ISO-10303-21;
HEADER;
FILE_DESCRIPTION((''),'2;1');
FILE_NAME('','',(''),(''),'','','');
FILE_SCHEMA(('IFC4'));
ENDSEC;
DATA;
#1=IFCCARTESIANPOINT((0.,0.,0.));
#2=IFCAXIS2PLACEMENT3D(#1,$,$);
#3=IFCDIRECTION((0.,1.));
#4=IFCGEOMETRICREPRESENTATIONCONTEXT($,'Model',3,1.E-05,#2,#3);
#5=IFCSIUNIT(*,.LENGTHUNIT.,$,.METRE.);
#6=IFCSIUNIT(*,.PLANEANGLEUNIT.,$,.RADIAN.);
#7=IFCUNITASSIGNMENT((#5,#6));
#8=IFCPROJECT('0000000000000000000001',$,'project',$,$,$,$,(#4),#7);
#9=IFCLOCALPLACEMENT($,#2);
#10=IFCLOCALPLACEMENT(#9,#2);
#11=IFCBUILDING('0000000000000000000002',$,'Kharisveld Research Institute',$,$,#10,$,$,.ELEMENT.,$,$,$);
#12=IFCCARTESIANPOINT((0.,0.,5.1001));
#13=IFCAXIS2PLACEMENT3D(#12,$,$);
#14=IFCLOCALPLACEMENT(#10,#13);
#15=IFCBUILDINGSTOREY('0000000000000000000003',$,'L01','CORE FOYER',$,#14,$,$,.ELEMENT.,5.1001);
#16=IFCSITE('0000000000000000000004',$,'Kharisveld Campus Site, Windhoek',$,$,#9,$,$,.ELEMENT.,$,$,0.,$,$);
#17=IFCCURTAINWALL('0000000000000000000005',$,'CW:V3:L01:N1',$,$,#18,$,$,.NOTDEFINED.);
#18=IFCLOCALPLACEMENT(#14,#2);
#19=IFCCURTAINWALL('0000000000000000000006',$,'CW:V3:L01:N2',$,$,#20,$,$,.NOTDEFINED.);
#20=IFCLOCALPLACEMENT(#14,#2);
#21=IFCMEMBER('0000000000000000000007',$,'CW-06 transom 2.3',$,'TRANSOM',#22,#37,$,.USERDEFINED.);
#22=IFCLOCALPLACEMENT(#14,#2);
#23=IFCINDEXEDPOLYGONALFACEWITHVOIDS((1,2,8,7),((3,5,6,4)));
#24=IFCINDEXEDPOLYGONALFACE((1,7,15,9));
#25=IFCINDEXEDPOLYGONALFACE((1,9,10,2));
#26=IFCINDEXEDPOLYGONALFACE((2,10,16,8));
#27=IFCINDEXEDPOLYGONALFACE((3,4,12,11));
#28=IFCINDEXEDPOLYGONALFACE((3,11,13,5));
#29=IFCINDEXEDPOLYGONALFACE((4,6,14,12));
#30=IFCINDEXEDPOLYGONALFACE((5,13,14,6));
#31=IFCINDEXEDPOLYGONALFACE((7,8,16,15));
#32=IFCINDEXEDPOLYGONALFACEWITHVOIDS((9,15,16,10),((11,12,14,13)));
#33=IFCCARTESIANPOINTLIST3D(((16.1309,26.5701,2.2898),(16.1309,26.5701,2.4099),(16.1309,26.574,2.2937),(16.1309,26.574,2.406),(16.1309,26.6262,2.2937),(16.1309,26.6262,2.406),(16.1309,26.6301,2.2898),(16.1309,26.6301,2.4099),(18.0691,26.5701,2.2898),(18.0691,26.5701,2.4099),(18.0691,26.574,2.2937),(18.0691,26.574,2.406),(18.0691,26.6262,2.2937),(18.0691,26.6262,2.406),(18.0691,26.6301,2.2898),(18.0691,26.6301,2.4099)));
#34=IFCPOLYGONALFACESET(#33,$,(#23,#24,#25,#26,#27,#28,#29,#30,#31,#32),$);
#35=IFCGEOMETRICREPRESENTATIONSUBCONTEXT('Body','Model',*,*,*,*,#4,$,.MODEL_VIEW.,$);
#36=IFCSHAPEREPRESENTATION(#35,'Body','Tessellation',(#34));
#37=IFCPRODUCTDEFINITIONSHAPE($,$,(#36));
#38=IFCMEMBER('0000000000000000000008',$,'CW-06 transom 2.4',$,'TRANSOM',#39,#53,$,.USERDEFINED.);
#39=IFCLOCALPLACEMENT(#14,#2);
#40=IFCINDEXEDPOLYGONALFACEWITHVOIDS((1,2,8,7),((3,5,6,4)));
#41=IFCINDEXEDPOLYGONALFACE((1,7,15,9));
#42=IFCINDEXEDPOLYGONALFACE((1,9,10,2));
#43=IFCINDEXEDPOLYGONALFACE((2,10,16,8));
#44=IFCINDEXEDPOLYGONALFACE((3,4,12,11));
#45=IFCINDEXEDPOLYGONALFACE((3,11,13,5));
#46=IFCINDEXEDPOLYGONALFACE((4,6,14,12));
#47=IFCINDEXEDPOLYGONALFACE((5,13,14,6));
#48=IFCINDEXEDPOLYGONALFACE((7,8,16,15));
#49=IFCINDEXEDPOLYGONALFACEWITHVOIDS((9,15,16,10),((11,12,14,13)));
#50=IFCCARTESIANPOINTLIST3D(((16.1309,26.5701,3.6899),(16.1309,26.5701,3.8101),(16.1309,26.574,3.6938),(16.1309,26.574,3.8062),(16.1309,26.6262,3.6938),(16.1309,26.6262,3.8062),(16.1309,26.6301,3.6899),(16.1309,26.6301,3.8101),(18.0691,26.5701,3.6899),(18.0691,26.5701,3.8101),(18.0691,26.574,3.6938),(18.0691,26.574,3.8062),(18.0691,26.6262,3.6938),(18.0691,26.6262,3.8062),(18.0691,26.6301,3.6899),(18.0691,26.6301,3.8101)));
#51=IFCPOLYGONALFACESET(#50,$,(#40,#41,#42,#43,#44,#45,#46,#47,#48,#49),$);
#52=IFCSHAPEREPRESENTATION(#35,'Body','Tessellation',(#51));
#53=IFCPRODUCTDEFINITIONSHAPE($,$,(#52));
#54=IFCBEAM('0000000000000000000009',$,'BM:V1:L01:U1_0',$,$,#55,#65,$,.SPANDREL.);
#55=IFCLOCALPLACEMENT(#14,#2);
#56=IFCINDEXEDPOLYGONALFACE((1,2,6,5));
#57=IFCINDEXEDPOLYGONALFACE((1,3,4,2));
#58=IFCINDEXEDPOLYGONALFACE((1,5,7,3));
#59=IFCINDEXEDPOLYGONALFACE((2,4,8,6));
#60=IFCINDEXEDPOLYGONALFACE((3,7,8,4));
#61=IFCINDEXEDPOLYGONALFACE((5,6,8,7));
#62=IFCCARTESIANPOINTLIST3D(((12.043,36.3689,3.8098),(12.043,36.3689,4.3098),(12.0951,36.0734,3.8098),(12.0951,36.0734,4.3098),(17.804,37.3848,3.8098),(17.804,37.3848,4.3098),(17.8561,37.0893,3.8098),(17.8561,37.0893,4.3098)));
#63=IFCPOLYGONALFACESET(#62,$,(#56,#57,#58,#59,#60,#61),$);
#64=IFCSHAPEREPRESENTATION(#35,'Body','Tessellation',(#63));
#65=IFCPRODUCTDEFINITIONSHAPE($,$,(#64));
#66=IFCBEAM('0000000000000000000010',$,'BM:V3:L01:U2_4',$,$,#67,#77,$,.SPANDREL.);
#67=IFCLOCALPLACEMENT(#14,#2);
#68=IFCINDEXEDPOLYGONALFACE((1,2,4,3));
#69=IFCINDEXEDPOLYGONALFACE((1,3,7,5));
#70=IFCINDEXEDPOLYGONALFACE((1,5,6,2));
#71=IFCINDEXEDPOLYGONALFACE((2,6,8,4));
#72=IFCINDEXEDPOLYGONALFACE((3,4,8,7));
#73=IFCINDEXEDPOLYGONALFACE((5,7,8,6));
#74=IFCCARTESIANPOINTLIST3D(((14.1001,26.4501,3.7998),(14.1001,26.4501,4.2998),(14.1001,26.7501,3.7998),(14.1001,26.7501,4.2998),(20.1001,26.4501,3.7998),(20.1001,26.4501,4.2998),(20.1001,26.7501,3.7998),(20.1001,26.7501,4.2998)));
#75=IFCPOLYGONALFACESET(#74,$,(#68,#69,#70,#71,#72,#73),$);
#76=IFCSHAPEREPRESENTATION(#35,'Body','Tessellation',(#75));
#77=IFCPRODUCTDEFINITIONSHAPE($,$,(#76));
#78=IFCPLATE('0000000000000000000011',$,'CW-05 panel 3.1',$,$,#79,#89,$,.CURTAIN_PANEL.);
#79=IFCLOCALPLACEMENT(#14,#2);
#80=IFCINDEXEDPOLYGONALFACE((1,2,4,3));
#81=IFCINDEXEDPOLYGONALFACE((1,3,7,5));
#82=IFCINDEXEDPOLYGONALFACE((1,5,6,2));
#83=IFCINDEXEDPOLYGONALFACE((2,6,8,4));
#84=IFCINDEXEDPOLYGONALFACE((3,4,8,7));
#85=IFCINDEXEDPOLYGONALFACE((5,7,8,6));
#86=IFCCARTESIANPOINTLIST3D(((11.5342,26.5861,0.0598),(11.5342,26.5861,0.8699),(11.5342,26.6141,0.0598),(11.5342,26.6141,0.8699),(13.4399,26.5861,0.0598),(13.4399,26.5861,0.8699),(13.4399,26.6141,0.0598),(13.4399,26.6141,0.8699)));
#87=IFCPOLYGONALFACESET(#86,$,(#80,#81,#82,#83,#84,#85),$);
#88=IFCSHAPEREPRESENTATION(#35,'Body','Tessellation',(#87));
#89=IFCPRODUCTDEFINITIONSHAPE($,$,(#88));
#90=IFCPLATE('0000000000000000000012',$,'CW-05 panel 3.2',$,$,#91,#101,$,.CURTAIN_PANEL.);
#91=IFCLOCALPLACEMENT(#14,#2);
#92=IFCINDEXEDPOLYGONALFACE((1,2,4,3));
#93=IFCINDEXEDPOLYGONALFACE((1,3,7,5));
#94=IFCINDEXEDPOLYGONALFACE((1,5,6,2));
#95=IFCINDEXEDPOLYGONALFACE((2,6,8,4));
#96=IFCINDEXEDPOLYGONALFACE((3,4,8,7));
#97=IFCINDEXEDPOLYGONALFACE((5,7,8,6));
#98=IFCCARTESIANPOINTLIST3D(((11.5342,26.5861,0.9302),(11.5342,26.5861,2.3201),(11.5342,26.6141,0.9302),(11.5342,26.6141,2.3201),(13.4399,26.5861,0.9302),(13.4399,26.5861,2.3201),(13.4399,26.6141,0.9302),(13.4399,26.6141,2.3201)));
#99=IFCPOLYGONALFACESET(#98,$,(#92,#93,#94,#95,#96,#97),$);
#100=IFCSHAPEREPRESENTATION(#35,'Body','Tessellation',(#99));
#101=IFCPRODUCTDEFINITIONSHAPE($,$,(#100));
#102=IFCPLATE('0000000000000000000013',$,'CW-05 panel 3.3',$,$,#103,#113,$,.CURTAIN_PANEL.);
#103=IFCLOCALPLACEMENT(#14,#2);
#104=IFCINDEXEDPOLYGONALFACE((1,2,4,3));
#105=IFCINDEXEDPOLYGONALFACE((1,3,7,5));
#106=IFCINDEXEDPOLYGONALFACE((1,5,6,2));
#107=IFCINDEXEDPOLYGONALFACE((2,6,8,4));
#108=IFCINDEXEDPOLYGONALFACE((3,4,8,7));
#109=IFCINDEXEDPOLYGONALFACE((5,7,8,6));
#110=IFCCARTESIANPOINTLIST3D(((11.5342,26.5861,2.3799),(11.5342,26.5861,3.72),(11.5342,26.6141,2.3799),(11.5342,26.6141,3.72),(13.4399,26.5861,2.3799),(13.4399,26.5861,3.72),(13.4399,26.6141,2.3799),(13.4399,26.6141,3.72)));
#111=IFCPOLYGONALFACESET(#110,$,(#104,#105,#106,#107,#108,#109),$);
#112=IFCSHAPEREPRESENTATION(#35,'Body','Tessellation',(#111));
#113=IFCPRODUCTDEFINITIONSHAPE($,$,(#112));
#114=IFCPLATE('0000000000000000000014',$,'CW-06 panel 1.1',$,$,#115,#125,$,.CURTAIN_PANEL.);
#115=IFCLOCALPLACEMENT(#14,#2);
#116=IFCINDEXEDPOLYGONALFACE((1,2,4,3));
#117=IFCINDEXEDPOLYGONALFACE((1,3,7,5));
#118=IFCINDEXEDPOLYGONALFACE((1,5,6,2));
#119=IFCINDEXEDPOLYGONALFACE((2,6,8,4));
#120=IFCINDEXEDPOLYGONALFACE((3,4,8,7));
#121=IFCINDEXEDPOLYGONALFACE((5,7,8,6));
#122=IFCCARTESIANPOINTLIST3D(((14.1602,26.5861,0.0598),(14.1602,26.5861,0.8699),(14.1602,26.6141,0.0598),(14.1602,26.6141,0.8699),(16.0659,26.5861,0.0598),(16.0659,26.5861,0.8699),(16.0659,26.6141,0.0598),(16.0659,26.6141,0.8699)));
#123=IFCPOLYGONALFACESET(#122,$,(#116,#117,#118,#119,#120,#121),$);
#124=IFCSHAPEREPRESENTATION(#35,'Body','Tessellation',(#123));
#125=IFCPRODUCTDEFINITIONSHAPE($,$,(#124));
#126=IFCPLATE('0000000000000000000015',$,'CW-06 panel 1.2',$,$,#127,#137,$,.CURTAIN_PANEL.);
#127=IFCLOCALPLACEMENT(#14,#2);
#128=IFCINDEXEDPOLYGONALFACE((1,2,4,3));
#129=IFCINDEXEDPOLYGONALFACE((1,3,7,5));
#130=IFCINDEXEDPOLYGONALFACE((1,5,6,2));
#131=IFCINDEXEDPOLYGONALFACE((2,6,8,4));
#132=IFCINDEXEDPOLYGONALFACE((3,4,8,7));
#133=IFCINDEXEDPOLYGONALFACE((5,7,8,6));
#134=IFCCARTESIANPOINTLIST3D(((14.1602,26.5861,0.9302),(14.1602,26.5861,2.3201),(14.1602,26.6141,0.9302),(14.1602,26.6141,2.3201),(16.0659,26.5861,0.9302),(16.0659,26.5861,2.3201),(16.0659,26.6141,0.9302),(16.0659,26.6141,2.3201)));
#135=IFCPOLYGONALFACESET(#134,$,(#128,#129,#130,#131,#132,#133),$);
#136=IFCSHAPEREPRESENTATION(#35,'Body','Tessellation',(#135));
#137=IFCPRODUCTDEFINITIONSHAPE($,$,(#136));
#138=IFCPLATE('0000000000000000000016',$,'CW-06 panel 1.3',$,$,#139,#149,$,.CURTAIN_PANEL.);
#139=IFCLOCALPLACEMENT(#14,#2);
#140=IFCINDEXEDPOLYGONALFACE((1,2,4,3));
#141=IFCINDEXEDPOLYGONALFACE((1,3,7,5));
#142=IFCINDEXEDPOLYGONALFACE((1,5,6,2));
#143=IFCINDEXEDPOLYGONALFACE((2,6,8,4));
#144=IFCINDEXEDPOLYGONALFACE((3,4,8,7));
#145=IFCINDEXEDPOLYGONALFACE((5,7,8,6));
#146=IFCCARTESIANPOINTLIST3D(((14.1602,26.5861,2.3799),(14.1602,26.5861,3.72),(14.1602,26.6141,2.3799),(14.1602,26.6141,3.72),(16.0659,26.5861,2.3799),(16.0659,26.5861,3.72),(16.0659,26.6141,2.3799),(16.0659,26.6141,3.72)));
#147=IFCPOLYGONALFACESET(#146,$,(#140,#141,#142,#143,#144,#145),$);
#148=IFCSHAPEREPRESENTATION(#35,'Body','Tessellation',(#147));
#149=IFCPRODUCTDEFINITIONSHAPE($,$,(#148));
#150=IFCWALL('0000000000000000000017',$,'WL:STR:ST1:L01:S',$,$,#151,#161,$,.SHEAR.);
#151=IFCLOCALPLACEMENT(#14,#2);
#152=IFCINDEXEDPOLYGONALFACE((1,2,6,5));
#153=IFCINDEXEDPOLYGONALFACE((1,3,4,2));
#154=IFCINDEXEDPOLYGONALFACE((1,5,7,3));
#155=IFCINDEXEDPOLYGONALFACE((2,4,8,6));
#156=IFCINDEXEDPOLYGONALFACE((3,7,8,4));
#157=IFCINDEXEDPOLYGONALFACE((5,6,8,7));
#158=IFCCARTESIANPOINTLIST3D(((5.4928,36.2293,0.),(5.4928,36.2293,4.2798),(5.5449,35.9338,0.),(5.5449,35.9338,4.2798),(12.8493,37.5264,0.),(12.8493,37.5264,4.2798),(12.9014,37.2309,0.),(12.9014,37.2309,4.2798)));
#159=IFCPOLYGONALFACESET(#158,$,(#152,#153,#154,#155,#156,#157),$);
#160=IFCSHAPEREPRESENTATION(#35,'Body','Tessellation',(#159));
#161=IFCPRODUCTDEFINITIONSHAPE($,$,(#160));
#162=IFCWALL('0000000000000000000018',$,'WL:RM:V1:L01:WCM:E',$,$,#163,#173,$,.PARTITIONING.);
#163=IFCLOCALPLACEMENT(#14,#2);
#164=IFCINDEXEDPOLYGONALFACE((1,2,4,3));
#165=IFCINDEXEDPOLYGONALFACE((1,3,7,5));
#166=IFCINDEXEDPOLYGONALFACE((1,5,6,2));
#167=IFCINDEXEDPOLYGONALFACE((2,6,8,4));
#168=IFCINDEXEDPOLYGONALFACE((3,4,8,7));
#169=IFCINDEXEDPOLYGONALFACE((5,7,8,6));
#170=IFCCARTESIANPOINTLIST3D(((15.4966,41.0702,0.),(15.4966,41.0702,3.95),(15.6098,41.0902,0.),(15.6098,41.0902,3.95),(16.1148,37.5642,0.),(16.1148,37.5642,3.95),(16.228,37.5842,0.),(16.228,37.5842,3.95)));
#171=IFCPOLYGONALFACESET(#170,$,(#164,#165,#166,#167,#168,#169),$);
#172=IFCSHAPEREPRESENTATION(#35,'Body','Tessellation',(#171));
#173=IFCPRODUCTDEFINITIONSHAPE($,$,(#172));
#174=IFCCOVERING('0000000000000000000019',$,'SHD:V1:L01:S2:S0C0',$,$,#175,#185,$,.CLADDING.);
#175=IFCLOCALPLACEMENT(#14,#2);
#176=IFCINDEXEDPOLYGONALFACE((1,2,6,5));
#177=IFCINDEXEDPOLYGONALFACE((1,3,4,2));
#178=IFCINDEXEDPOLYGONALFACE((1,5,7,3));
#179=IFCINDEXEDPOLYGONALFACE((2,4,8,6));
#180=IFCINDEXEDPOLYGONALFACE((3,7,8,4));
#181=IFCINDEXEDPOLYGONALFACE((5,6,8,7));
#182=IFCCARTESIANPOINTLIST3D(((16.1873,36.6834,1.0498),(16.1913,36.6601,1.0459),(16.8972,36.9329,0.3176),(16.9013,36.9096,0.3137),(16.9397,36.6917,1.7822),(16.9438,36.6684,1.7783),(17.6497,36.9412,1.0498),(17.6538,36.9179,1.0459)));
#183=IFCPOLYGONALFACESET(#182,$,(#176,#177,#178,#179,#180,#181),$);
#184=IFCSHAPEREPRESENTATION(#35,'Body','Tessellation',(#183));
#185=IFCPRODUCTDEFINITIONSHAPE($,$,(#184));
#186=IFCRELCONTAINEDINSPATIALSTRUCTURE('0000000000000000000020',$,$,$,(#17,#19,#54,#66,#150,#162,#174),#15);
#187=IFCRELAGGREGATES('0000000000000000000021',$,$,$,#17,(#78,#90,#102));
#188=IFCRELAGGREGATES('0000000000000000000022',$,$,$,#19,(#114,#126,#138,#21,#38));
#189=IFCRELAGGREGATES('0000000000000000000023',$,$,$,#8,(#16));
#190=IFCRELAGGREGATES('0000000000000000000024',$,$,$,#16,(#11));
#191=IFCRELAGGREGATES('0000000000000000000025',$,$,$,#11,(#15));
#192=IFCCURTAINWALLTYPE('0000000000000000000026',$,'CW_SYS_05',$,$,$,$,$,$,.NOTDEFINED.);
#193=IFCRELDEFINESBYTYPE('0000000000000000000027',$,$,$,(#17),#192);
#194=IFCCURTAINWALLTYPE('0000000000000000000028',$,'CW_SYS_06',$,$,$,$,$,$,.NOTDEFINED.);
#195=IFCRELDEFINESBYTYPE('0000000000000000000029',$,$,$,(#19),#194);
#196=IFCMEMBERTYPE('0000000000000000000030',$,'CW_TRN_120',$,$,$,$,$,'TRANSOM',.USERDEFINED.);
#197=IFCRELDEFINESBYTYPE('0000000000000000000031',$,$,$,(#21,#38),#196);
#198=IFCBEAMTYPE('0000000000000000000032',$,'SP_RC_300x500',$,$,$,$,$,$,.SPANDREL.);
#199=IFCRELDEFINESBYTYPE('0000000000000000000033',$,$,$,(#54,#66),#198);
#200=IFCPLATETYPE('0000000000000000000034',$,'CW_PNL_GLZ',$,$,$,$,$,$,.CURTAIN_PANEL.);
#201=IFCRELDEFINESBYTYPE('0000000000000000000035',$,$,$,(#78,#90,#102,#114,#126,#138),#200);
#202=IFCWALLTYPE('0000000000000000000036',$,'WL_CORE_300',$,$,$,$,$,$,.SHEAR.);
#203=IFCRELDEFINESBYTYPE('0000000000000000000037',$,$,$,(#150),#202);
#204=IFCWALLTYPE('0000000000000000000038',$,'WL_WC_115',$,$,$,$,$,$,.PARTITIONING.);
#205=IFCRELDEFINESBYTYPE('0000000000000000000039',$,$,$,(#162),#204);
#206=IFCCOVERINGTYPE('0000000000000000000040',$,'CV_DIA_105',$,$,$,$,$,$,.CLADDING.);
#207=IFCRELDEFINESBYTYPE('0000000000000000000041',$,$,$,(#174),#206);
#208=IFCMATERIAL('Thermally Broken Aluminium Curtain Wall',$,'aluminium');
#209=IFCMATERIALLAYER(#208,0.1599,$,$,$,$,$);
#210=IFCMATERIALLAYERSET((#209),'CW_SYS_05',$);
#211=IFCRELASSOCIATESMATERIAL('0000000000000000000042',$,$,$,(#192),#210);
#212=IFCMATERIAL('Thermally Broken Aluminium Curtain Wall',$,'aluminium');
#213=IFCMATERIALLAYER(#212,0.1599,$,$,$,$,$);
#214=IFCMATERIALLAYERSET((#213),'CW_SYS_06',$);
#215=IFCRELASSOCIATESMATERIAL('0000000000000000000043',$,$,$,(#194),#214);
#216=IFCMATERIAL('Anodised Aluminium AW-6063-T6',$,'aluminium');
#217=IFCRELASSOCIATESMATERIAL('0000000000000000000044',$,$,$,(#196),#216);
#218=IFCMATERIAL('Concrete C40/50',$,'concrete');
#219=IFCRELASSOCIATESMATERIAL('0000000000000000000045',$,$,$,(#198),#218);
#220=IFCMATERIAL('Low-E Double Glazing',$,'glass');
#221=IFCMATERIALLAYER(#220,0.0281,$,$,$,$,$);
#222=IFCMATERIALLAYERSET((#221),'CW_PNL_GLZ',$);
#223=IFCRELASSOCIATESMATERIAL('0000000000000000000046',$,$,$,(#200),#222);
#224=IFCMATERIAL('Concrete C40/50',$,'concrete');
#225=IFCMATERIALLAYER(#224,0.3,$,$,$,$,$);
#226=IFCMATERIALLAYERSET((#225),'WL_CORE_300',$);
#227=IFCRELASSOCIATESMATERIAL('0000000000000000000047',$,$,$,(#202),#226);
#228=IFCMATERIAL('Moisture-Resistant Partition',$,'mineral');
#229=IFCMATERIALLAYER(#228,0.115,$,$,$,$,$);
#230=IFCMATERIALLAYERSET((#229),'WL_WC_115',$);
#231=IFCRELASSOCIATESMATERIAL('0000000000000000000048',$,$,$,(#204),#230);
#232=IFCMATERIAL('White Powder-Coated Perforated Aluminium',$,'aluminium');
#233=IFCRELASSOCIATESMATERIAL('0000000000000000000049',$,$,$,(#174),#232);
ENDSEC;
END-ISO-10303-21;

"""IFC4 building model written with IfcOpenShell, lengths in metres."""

from ifc_helpers import new_model, si_unit, direction, frame, frame_2d, origin, origin_2d, place, context, subcontext, project, spatial, polyline, rectangle, hollow_rectangle, outline, extrude, material, layer, layer_set, material_profile, profile_set, type_object, element, aggregate, save


model = new_model("IFC4")

# Units and contexts
model_context = context("Model", 3, precision=1e-05, world=origin(), true_north=direction((0.0, 1.0)))
body_context = subcontext(model_context, "Body", "Model", "MODEL_VIEW")
ifc_project = project(units=[si_unit("LENGTHUNIT", "METRE"), si_unit("PLANEANGLEUNIT", "RADIAN")], contexts=[model_context])

# Site, building, storey
site_placement = place(None, origin())
site = spatial("IfcSite", under=ifc_project, at=site_placement, Name="Kharisveld Campus Site, Windhoek", CompositionType="ELEMENT", RefElevation=0.0)
building_placement = place(site_placement, origin())
building = spatial("IfcBuilding", under=site, at=building_placement, Name="Kharisveld Research Institute", CompositionType="ELEMENT")
storey_placement = place(building_placement, frame((0.0, 0.0, 5.1001)))
storey = spatial("IfcBuildingStorey", under=building, at=storey_placement, Name="L01", Description="CORE FOYER", CompositionType="ELEMENT", Elevation=5.1001)

# Curtain wall
ifc_material_1 = material(Name="Thermally Broken Aluminium Curtain Wall", Category="aluminium")
ifc_layer_1 = layer(ifc_material_1, 0.1599)
ifc_layer_set_1 = layer_set([ifc_layer_1], Name="CW_SYS_05")
curtain_wall_type_1 = type_object("IfcCurtainWallType", Name="CW_SYS_05", PredefinedType="NOTDEFINED", material=ifc_layer_set_1)
curtain_wall_1_placement = place(storey_placement, origin())
curtain_wall_1 = element("IfcCurtainWall", 1, at=curtain_wall_1_placement, inside=storey, type_object=curtain_wall_type_1, Name="CW:V3:L01:N1", PredefinedType="NOTDEFINED")

# Curtain wall, members
ifc_material_2 = material(Name="Thermally Broken Aluminium Curtain Wall", Category="aluminium")
ifc_layer_2 = layer(ifc_material_2, 0.1599)
ifc_layer_set_2 = layer_set([ifc_layer_2], Name="CW_SYS_06")
curtain_wall_type_2 = type_object("IfcCurtainWallType", Name="CW_SYS_06", PredefinedType="NOTDEFINED", material=ifc_layer_set_2)
curtain_wall_2_placement = place(storey_placement, origin())
curtain_wall_2 = element("IfcCurtainWall", 2, at=curtain_wall_2_placement, inside=storey, type_object=curtain_wall_type_2, Name="CW:V3:L01:N2", PredefinedType="NOTDEFINED")
ifc_material_3 = material(Name="Anodised Aluminium AW-6063-T6", Category="aluminium")
ifc_material_profile_1 = material_profile(ifc_material_3, hollow_rectangle(XDim=0.0601, YDim=0.1201, WallThickness=0.0039, at=origin_2d()))
ifc_profile_set_1 = profile_set([ifc_material_profile_1], Name="Anodised Aluminium AW-6063-T6")
member_type_1 = type_object("IfcMemberType", Name="CW_TRN_120", ElementType="TRANSOM", PredefinedType="USERDEFINED", material=ifc_profile_set_1)
member_1_placement = place(storey_placement, frame((16.1309, 26.6001, 2.3499), z_axis=(1.0, 0.0, 0.0), x_axis=(0.0, 1.0, 0.0)))
member_1 = element("IfcMember", 3, at=member_1_placement, type_object=member_type_1, Name="CW-06 transom 2.3", ObjectType="TRANSOM", PredefinedType="USERDEFINED", context=body_context, shape_type="SweptSolid", body=[
    extrude(hollow_rectangle(XDim=0.0601, YDim=0.1201, WallThickness=0.0039, at=origin_2d()), origin(), (0.0, 0.0, 1.0), 1.9382),
])
member_2_placement = place(storey_placement, frame((16.1309, 26.6001, 3.75), z_axis=(1.0, 0.0, 0.0), x_axis=(0.0, 1.0, 0.0)))
member_2 = element("IfcMember", 4, at=member_2_placement, type_object=member_type_1, Name="CW-06 transom 2.4", ObjectType="TRANSOM", PredefinedType="USERDEFINED", context=body_context, shape_type="SweptSolid", body=[
    extrude(hollow_rectangle(XDim=0.0601, YDim=0.1201, WallThickness=0.0039, at=origin_2d()), origin(), (0.0, 0.0, 1.0), 1.9382),
])

# Beams
ifc_material_4 = material(Name="Concrete C40/50", Category="concrete")
ifc_material_profile_2 = material_profile(ifc_material_4, rectangle(XDim=0.3, YDim=0.5, at=origin_2d()))
ifc_profile_set_2 = profile_set([ifc_material_profile_2], Name="Concrete C40/50")
beam_type = type_object("IfcBeamType", Name="SP_RC_300x500", PredefinedType="SPANDREL", material=ifc_profile_set_2)
beam_1_placement = place(storey_placement, frame((12.0691, 36.2212, 4.0598), z_axis=(0.984806, 0.173657, 0.0), x_axis=(-0.173657, 0.984806, 0.0)))
element("IfcBeam", 5, at=beam_1_placement, inside=storey, type_object=beam_type, Name="BM:V1:L01:U1_0", PredefinedType="SPANDREL", context=body_context, shape_type="SweptSolid", body=[
    extrude(rectangle(XDim=0.3, YDim=0.5, at=origin_2d()), origin(), (0.0, 0.0, 1.0), 5.8499),
])
beam_2_placement = place(storey_placement, frame((14.1001, 26.6001, 4.0498), z_axis=(1.0, 0.0, 0.0), x_axis=(0.0, 1.0, 0.0)))
element("IfcBeam", 6, at=beam_2_placement, inside=storey, type_object=beam_type, Name="BM:V3:L01:U2_4", PredefinedType="SPANDREL", context=body_context, shape_type="SweptSolid", body=[
    extrude(rectangle(XDim=0.3, YDim=0.5, at=origin_2d()), origin(), (0.0, 0.0, 1.0), 6.0),
])

# Plates
ifc_material_5 = material(Name="Low-E Double Glazing", Category="glass")
ifc_layer_3 = layer(ifc_material_5, 0.0281)
ifc_layer_set_3 = layer_set([ifc_layer_3], Name="CW_PNL_GLZ")
plate_type = type_object("IfcPlateType", Name="CW_PNL_GLZ", PredefinedType="CURTAIN_PANEL", material=ifc_layer_set_3)
plate_1_placement = place(storey_placement, frame((12.4871, 26.6001, 0.0598), z_axis=(0.0, 0.0, 1.0), x_axis=(1.0, 0.0, 0.0)))
plate_1 = element("IfcPlate", 7, at=plate_1_placement, type_object=plate_type, Name="CW-05 panel 3.1", PredefinedType="CURTAIN_PANEL", context=body_context, shape_type="SweptSolid", body=[
    extrude(rectangle(XDim=1.9058, YDim=0.0281, at=origin_2d()), origin(), (0.0, 0.0, 1.0), 0.8101),
])
plate_2_placement = place(storey_placement, frame((12.4871, 26.6001, 0.9302), z_axis=(0.0, 0.0, 1.0), x_axis=(1.0, 0.0, 0.0)))
plate_2 = element("IfcPlate", 8, at=plate_2_placement, type_object=plate_type, Name="CW-05 panel 3.2", PredefinedType="CURTAIN_PANEL", context=body_context, shape_type="SweptSolid", body=[
    extrude(rectangle(XDim=1.9058, YDim=0.0281, at=origin_2d()), origin(), (0.0, 0.0, 1.0), 1.3899),
])
plate_3_placement = place(storey_placement, frame((12.4871, 26.6001, 2.3799), z_axis=(0.0, 0.0, 1.0), x_axis=(1.0, 0.0, 0.0)))
plate_3 = element("IfcPlate", 9, at=plate_3_placement, type_object=plate_type, Name="CW-05 panel 3.3", PredefinedType="CURTAIN_PANEL", context=body_context, shape_type="SweptSolid", body=[
    extrude(rectangle(XDim=1.9058, YDim=0.0281, at=origin_2d()), origin(), (0.0, 0.0, 1.0), 1.3401),
])
aggregate(curtain_wall_1, [plate_1, plate_2, plate_3])
plate_4_placement = place(storey_placement, frame((15.113, 26.6001, 0.0598), z_axis=(0.0, 0.0, 1.0), x_axis=(1.0, 0.0, 0.0)))
plate_4 = element("IfcPlate", 10, at=plate_4_placement, type_object=plate_type, Name="CW-06 panel 1.1", PredefinedType="CURTAIN_PANEL", context=body_context, shape_type="SweptSolid", body=[
    extrude(rectangle(XDim=1.9058, YDim=0.0281, at=origin_2d()), origin(), (0.0, 0.0, 1.0), 0.8101),
])
plate_5_placement = place(storey_placement, frame((15.113, 26.6001, 0.9302), z_axis=(0.0, 0.0, 1.0), x_axis=(1.0, 0.0, 0.0)))
plate_5 = element("IfcPlate", 11, at=plate_5_placement, type_object=plate_type, Name="CW-06 panel 1.2", PredefinedType="CURTAIN_PANEL", context=body_context, shape_type="SweptSolid", body=[
    extrude(rectangle(XDim=1.9058, YDim=0.0281, at=origin_2d()), origin(), (0.0, 0.0, 1.0), 1.3899),
])
plate_6_placement = place(storey_placement, frame((15.113, 26.6001, 2.3799), z_axis=(0.0, 0.0, 1.0), x_axis=(1.0, 0.0, 0.0)))
plate_6 = element("IfcPlate", 12, at=plate_6_placement, type_object=plate_type, Name="CW-06 panel 1.3", PredefinedType="CURTAIN_PANEL", context=body_context, shape_type="SweptSolid", body=[
    extrude(rectangle(XDim=1.9058, YDim=0.0281, at=origin_2d()), origin(), (0.0, 0.0, 1.0), 1.3401),
])
aggregate(curtain_wall_2, [plate_4, plate_5, plate_6, member_1, member_2])

# Walls
ifc_material_6 = material(Name="Concrete C40/50", Category="concrete")
ifc_layer_4 = layer(ifc_material_6, 0.3)
ifc_layer_set_4 = layer_set([ifc_layer_4], Name="WL_CORE_300")
wall_type_1 = type_object("IfcWallType", Name="WL_CORE_300", PredefinedType="SHEAR", material=ifc_layer_set_4)
wall_1_placement = place(storey_placement, frame((12.8752, 37.3787, 0.0), z_axis=(0.0, 0.0, 1.0), x_axis=(-0.984808, -0.173645, 0.0)))
element("IfcWall", 13, at=wall_1_placement, inside=storey, type_object=wall_type_1, Name="WL:STR:ST1:L01:S", PredefinedType="SHEAR", context=body_context, shape_type="SweptSolid", body=[
    extrude(rectangle(XDim=7.47, YDim=0.3, at=frame_2d((3.7349, 0.0))), origin(), (0.0, 0.0, 1.0), 4.2798),
])
ifc_material_7 = material(Name="Moisture-Resistant Partition", Category="mineral")
ifc_layer_5 = layer(ifc_material_7, 0.115)
ifc_layer_set_5 = layer_set([ifc_layer_5], Name="WL_WC_115")
wall_type_2 = type_object("IfcWallType", Name="WL_WC_115", PredefinedType="PARTITIONING", material=ifc_layer_set_5)
wall_2_placement = place(storey_placement, frame((16.1714, 37.5742, 0.0), z_axis=(0.0, 0.0, 1.0), x_axis=(-0.173644, 0.984808, 0.0)))
element("IfcWall", 14, at=wall_2_placement, inside=storey, type_object=wall_type_2, Name="WL:RM:V1:L01:WCM:E", PredefinedType="PARTITIONING", context=body_context, shape_type="SweptSolid", body=[
    extrude(rectangle(XDim=3.5601, YDim=0.115, at=frame_2d((1.78, 0.0))), origin(), (0.0, 0.0, 1.0), 3.95),
])

# Covering
ifc_material_8 = material(Name="White Powder-Coated Perforated Aluminium", Category="aluminium")
covering_type = type_object("IfcCoveringType", Name="CV_DIA_105", PredefinedType="CLADDING")
covering_1_placement = place(storey_placement, frame((16.8972, 36.9329, 0.3176), z_axis=(-0.171239, 0.971325, 0.164938), x_axis=(-0.676192, -0.237624, 0.697352)))
element("IfcCovering", 15, at=covering_1_placement, inside=storey, type_object=covering_type, material=ifc_material_8, Name="SHD:V1:L01:S2:S0C0", PredefinedType="CLADDING", context=body_context, shape_type="SweptSolid", body=[
    extrude(outline(polyline([(0.0, 0.0), (1.0499, 0.0), (1.0499, 1.0501), (-0.0002, 1.0499), (0.0, 0.0)])), origin(), (0.0, 0.0, -1.0), 0.0239),
])

save(model, "model.ifc")
